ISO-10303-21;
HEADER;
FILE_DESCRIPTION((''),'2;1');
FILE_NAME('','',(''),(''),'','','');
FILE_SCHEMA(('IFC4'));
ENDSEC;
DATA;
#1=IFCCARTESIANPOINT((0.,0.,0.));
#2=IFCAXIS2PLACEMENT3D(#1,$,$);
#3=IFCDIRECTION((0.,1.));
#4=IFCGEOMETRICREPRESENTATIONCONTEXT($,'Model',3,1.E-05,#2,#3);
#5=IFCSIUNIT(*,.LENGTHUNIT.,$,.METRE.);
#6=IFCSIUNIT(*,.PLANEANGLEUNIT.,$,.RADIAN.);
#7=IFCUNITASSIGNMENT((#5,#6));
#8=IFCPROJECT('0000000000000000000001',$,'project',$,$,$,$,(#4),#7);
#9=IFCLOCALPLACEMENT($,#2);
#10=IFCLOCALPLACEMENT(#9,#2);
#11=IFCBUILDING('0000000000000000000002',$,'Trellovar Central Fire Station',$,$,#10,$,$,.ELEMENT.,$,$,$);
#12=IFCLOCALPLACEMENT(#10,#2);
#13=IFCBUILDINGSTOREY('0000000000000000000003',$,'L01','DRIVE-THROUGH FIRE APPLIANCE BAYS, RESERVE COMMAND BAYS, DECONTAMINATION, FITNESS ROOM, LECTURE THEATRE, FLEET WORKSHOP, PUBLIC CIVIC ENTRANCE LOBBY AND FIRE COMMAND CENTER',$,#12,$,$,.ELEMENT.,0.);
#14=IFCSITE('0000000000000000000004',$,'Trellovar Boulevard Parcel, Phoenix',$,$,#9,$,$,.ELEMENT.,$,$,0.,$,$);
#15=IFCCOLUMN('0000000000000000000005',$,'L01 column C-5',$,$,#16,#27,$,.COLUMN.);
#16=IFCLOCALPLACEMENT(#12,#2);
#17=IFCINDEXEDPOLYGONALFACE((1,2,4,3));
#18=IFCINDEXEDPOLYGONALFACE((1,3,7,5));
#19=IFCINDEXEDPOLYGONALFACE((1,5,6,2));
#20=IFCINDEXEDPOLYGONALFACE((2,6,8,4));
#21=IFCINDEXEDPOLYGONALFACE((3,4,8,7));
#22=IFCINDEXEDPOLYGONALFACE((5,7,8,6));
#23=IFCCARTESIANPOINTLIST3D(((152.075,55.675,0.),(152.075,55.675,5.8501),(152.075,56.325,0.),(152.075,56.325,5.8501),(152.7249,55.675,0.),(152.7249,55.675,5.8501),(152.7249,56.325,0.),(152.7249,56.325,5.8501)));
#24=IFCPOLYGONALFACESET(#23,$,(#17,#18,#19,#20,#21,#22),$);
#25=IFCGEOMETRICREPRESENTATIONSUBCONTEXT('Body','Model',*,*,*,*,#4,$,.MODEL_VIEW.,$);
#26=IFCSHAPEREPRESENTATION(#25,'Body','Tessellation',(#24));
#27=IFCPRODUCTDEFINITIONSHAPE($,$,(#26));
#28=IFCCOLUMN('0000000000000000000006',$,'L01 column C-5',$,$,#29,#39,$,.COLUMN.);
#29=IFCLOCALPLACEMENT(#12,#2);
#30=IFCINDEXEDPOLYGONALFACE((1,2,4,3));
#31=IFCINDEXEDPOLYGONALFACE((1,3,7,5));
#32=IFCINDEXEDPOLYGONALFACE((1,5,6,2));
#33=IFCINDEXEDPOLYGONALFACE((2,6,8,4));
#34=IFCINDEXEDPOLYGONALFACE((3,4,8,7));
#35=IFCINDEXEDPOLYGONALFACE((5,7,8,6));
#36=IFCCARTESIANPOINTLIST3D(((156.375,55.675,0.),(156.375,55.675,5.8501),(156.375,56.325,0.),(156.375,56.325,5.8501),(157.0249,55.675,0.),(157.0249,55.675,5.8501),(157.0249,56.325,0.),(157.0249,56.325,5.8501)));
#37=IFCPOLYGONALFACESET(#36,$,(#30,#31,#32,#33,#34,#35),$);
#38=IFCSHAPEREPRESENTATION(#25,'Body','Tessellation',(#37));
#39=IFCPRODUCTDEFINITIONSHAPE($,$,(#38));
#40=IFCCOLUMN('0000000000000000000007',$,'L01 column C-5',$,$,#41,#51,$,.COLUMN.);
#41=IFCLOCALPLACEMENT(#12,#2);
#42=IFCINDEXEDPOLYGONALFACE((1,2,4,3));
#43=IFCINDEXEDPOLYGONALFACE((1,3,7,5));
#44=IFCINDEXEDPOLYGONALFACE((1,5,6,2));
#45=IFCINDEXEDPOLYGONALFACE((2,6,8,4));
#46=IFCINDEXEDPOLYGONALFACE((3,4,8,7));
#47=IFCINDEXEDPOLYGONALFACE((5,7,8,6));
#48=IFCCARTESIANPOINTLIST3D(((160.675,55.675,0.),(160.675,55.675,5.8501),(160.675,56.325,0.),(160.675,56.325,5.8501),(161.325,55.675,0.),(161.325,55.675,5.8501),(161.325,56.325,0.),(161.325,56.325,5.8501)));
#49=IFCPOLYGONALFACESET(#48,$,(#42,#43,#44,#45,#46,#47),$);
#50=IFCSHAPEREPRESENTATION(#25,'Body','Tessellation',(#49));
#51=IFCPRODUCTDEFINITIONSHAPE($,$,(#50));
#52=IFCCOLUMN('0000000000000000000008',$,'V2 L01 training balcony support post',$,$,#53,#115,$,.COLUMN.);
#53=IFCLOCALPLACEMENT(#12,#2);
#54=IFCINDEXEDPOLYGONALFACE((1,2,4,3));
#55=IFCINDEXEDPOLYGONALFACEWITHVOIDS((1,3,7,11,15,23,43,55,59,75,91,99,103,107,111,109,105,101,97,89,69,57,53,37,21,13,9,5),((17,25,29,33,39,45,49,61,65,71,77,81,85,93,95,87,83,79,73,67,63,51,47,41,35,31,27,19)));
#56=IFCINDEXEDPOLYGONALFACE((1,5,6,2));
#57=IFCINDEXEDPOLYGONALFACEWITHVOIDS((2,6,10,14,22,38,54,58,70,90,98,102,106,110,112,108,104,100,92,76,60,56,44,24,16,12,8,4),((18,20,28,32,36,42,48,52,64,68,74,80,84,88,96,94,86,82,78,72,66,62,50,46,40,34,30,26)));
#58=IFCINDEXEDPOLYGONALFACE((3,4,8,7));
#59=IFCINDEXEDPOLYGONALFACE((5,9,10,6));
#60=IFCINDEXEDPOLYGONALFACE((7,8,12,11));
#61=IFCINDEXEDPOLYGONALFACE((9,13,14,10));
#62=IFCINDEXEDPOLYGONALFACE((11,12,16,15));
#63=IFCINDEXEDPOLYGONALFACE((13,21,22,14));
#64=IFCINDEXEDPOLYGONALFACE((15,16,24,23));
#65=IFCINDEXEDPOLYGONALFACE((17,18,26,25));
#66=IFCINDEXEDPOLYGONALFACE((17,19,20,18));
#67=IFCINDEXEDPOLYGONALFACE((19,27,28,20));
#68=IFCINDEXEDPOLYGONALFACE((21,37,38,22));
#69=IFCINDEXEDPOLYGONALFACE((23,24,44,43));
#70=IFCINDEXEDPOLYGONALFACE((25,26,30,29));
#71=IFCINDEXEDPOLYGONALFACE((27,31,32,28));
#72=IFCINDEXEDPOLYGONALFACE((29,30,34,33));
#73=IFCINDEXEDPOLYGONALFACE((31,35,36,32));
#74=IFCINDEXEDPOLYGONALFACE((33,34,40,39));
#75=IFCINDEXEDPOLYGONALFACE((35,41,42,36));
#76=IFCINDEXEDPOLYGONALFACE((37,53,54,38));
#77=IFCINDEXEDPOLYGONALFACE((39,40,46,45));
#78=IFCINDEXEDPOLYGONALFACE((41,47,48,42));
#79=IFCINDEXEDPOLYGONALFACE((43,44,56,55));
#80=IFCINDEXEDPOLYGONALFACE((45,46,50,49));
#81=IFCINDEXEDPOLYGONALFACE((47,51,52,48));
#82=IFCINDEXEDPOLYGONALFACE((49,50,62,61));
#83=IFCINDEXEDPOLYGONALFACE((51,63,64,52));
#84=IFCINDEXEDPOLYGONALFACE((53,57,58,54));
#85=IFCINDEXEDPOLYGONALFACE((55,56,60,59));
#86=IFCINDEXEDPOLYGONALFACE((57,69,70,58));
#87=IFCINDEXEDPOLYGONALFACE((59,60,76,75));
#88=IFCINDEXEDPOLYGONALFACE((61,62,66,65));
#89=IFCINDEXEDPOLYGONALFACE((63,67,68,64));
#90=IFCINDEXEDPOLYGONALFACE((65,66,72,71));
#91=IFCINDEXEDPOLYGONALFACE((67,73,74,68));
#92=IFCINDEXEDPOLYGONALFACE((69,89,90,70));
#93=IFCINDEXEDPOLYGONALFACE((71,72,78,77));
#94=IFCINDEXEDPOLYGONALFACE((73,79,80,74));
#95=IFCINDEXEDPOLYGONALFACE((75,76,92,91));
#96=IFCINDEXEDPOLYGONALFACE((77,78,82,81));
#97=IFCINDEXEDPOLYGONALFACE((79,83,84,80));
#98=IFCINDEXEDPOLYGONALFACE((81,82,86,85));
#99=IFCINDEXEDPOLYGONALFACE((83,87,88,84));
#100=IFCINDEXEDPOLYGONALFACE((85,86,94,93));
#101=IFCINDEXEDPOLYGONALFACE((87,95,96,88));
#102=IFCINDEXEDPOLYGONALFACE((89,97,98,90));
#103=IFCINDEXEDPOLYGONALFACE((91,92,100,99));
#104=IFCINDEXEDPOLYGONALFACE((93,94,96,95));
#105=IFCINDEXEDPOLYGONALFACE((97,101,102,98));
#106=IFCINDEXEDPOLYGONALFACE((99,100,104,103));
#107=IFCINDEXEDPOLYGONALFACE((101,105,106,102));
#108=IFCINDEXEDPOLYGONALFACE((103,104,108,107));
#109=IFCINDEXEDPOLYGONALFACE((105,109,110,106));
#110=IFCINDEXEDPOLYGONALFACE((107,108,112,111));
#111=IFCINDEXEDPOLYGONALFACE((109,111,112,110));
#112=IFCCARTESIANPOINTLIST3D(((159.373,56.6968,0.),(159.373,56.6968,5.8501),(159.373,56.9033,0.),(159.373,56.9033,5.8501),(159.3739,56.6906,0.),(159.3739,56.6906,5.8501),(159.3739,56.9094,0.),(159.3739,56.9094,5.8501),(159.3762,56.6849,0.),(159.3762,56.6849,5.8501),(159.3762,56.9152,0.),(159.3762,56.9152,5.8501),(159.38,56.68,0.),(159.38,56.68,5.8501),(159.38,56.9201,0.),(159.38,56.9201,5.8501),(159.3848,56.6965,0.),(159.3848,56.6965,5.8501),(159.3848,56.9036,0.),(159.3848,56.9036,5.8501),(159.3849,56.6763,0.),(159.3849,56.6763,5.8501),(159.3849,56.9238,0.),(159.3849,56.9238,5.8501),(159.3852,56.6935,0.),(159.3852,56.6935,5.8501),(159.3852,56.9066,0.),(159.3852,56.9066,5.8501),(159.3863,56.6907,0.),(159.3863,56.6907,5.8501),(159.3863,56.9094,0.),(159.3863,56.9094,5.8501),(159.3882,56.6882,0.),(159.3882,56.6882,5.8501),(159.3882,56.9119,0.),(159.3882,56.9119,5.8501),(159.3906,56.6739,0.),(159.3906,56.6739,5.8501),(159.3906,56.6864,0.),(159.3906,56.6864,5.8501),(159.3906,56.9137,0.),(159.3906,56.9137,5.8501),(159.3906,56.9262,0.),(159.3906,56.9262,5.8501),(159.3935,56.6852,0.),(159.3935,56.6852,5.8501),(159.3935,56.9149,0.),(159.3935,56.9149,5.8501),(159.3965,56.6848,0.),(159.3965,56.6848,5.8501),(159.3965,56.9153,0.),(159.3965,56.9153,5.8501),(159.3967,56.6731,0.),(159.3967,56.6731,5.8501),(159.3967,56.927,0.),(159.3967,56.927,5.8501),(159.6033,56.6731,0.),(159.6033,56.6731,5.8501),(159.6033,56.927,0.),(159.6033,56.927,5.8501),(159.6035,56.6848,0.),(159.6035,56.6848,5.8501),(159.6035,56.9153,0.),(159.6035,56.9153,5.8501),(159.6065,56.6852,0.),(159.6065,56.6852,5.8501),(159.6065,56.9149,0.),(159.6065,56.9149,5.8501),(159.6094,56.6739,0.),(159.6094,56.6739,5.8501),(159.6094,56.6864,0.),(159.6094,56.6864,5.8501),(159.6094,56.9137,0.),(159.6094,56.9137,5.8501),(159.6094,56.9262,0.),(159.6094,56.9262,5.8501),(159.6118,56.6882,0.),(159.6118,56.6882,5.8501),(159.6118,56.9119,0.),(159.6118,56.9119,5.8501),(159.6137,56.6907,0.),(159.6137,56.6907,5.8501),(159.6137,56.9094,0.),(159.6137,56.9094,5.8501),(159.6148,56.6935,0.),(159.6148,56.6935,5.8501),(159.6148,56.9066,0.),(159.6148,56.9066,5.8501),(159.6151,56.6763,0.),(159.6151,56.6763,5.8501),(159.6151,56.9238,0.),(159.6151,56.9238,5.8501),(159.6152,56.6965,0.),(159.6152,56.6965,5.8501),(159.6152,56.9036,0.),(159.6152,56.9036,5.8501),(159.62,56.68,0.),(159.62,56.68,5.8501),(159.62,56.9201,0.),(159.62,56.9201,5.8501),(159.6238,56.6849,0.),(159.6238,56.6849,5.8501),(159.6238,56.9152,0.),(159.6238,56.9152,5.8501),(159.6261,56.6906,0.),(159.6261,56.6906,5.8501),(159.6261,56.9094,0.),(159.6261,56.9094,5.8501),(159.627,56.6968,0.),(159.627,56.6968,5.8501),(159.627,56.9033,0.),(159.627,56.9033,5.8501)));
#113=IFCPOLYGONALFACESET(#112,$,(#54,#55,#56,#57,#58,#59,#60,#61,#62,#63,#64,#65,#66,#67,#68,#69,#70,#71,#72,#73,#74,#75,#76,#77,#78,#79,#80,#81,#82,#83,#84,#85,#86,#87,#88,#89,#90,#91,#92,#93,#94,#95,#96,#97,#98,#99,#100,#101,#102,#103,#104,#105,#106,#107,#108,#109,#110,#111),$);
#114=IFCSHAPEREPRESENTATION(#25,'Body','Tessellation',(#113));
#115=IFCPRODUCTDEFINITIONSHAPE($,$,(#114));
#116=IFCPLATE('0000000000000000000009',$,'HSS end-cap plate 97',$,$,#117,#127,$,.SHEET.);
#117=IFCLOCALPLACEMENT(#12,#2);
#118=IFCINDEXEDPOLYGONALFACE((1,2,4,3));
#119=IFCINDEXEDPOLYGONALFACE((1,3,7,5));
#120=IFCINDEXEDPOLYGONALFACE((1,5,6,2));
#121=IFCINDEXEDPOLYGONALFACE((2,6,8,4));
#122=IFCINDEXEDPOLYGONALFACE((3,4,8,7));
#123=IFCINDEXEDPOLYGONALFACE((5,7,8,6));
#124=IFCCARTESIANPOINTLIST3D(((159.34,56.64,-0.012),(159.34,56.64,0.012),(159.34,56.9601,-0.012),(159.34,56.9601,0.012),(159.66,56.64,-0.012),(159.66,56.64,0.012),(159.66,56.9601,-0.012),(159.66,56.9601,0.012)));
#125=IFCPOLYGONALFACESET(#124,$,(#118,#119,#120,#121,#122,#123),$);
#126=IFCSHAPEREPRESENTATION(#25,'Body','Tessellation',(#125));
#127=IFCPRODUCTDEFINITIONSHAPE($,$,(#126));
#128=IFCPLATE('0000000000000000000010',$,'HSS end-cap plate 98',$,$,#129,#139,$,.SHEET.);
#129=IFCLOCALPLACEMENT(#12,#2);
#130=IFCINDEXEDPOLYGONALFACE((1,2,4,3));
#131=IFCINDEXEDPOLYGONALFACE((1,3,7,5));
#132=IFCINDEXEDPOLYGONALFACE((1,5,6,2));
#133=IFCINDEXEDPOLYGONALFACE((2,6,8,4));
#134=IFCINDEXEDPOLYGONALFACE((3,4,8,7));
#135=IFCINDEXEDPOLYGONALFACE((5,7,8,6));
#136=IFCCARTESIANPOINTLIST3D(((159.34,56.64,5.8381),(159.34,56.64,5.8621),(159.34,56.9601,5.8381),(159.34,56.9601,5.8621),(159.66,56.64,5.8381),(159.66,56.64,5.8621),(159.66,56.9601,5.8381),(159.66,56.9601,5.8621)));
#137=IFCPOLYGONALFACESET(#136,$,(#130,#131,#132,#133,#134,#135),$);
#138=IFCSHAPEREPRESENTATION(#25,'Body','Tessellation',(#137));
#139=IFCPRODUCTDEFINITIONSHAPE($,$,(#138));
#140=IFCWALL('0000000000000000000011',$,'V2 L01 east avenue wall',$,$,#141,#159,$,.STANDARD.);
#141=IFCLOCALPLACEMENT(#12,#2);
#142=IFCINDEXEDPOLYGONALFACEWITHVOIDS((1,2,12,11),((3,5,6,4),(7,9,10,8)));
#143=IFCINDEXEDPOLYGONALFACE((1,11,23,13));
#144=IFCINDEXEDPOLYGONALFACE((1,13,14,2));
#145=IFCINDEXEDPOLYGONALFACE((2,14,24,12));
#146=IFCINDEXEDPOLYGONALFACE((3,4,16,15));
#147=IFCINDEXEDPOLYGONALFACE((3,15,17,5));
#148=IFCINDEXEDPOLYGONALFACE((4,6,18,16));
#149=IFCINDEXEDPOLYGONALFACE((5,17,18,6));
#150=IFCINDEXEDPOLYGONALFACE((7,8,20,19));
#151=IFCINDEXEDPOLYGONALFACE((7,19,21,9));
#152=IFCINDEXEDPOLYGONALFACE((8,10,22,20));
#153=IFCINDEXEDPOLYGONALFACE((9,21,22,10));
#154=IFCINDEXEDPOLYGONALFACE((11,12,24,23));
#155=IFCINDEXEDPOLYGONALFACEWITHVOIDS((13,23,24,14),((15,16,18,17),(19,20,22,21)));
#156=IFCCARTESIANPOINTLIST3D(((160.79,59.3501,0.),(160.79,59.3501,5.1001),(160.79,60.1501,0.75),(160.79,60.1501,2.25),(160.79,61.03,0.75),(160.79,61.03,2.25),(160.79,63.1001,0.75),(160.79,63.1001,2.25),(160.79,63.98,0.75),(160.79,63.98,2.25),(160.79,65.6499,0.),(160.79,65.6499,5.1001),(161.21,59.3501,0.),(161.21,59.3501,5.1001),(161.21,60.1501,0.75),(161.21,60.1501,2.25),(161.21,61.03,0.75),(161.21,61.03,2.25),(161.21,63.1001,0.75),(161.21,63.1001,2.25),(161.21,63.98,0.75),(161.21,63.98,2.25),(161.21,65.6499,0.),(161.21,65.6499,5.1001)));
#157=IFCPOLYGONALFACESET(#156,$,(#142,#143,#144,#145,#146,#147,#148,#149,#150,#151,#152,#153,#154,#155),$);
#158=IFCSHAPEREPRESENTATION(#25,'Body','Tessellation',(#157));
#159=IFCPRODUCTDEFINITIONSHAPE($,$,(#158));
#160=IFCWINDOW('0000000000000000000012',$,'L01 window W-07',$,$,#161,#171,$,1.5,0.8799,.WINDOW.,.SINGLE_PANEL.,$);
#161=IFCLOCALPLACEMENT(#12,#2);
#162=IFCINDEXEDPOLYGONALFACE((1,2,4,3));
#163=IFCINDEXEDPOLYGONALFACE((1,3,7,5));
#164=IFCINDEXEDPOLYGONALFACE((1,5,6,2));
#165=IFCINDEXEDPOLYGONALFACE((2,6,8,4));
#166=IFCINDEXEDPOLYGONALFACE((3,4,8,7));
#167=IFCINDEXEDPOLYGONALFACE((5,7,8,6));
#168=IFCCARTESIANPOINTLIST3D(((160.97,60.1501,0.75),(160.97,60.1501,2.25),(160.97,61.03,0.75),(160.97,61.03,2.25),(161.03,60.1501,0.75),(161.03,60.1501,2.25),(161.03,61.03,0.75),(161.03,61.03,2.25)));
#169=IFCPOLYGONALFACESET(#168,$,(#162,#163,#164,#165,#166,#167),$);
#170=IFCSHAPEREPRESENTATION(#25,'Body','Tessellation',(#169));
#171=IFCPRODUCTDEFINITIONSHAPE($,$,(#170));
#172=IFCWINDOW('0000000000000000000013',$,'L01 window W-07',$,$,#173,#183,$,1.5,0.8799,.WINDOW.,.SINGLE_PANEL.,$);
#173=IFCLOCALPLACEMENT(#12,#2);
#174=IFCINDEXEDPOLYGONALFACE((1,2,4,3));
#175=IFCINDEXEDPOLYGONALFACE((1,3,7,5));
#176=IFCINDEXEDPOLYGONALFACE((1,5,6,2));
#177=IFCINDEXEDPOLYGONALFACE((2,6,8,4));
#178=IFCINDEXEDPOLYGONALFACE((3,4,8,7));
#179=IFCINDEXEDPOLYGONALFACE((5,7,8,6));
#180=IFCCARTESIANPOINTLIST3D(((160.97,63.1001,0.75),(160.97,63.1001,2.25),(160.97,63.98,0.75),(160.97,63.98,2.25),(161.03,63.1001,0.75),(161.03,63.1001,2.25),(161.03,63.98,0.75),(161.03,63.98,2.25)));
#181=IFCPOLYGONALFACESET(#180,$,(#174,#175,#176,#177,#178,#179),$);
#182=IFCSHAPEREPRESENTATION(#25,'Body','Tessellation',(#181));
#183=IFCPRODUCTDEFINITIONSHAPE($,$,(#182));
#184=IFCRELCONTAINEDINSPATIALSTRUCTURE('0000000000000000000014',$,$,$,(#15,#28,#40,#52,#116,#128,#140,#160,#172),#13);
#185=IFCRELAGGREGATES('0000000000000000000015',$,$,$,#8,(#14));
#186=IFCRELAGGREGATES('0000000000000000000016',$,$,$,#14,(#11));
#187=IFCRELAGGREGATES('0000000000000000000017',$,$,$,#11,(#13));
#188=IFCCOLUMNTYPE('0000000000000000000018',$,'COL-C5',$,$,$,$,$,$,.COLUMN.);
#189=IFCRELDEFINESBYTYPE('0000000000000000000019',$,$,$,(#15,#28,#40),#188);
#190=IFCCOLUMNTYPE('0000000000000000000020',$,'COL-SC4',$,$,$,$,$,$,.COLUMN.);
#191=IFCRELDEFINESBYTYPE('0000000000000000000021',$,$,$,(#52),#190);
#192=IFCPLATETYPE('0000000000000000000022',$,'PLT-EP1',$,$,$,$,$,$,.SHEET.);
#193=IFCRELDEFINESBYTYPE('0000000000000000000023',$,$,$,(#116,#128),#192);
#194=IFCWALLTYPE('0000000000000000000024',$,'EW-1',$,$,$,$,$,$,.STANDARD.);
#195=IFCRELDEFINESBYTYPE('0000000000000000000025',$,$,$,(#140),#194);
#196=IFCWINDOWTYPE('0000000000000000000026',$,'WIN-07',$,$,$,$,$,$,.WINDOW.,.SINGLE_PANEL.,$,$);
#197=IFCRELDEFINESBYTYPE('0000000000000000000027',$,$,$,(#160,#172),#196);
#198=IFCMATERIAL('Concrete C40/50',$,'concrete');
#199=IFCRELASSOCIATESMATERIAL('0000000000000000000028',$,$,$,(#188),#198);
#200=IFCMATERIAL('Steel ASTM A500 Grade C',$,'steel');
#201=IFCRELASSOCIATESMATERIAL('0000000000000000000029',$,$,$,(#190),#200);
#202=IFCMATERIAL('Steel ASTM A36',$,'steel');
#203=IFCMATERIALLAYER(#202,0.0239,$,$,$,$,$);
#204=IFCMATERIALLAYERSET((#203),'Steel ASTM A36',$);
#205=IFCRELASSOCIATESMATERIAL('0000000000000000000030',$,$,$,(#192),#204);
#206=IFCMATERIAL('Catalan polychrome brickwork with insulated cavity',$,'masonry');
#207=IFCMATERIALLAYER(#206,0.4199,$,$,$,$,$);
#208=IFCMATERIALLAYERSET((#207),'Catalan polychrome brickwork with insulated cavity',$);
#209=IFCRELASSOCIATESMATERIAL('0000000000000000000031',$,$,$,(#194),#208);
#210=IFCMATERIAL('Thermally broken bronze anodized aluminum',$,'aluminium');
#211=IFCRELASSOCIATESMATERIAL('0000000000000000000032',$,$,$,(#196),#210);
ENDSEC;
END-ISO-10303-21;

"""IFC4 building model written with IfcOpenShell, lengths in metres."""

from ifc_helpers import new_model, si_unit, direction, frame, frame_2d, origin, origin_2d, place, context, subcontext, project, spatial, rectangle, hollow_rectangle, extrude, material, layer, layer_set, material_profile, profile_set, type_object, element, fill, save


model = new_model("IFC4")

# Units and contexts
model_context = context("Model", 3, precision=1e-05, world=origin(), true_north=direction((0.0, 1.0)))
body_context = subcontext(model_context, "Body", "Model", "MODEL_VIEW")
ifc_project = project(units=[si_unit("LENGTHUNIT", "METRE"), si_unit("PLANEANGLEUNIT", "RADIAN")], contexts=[model_context])

# Site, building, storey
site_placement = place(None, origin())
site = spatial("IfcSite", under=ifc_project, at=site_placement, Name="Trellovar Boulevard Parcel, Phoenix", CompositionType="ELEMENT", RefElevation=0.0)
building_placement = place(site_placement, origin())
building = spatial("IfcBuilding", under=site, at=building_placement, Name="Trellovar Central Fire Station", CompositionType="ELEMENT")
storey_placement = place(building_placement, origin())
storey = spatial("IfcBuildingStorey", under=building, at=storey_placement, Name="L01", Description="DRIVE-THROUGH FIRE APPLIANCE BAYS, RESERVE COMMAND BAYS, DECONTAMINATION, FITNESS ROOM, LECTURE THEATRE, FLEET WORKSHOP, PUBLIC CIVIC ENTRANCE LOBBY AND FIRE COMMAND CENTER", CompositionType="ELEMENT", Elevation=0.0)

# Columns
ifc_material_1 = material(Name="Concrete C40/50", Category="concrete")
ifc_material_profile_1 = material_profile(ifc_material_1, rectangle(XDim=0.6499, YDim=0.6499, at=origin_2d()), Name="RC650X650")
ifc_profile_set_1 = profile_set([ifc_material_profile_1], Name="Concrete C40/50")
column_type_1 = type_object("IfcColumnType", Name="COL-C5", PredefinedType="COLUMN", material=ifc_profile_set_1)
for number, where, z_axis, x_axis, name in (
    (1, (152.3999, 56.0, 0.0), (0.0, 0.0, 1.0), (1.0, 0.0, 0.0), "L01 column C-5"),
    (2, (156.7, 56.0, 0.0), (0.0, 0.0, 1.0), (1.0, 0.0, 0.0), "L01 column C-5"),
    (3, (161.0, 56.0, 0.0), (0.0, 0.0, 1.0), (1.0, 0.0, 0.0), "L01 column C-5"),
):
    element("IfcColumn", number, at=place(storey_placement, frame(where, z_axis=z_axis, x_axis=x_axis)), inside=storey, type_object=column_type_1, Name=name, PredefinedType="COLUMN", context=body_context, shape_type="SweptSolid", body=[
        extrude(rectangle(XDim=0.6499, YDim=0.6499, at=origin_2d()), origin(), (0.0, 0.0, 1.0), 5.8501),
    ])
ifc_material_2 = material(Name="Steel ASTM A500 Grade C", Category="steel")
ifc_material_profile_2 = material_profile(ifc_material_2, hollow_rectangle(XDim=0.2539, YDim=0.2539, WallThickness=0.0117, InnerFilletRadius=0.0117, OuterFilletRadius=0.0237, at=origin_2d()), Name="HSS10X10X1/2")
ifc_profile_set_2 = profile_set([ifc_material_profile_2], Name="Steel ASTM A500 Grade C")
column_type_2 = type_object("IfcColumnType", Name="COL-SC4", PredefinedType="COLUMN", material=ifc_profile_set_2)
column_1_placement = place(storey_placement, frame((159.5, 56.8, 0.0), z_axis=(0.0, 0.0, 1.0), x_axis=(1.0, 0.0, 0.0)))
element("IfcColumn", 4, at=column_1_placement, inside=storey, type_object=column_type_2, Name="V2 L01 training balcony support post", PredefinedType="COLUMN", context=body_context, shape_type="SweptSolid", body=[
    extrude(hollow_rectangle(XDim=0.2539, YDim=0.2539, WallThickness=0.0117, InnerFilletRadius=0.0117, OuterFilletRadius=0.0237, at=origin_2d()), origin(), (0.0, 0.0, 1.0), 5.8501),
])

# Plates
ifc_material_3 = material(Name="Steel ASTM A36", Category="steel")
ifc_layer_1 = layer(ifc_material_3, 0.0239)
ifc_layer_set_1 = layer_set([ifc_layer_1], Name="Steel ASTM A36")
plate_type = type_object("IfcPlateType", Name="PLT-EP1", PredefinedType="SHEET", material=ifc_layer_set_1)
for number, where, z_axis, x_axis, name in (
    (5, (159.5, 56.8, -0.012), (0.0, 0.0, 1.0), (1.0, 0.0, 0.0), "HSS end-cap plate 97"),
    (6, (159.5, 56.8, 5.8381), (0.0, 0.0, 1.0), (1.0, 0.0, 0.0), "HSS end-cap plate 98"),
):
    element("IfcPlate", number, at=place(storey_placement, frame(where, z_axis=z_axis, x_axis=x_axis)), inside=storey, type_object=plate_type, Name=name, PredefinedType="SHEET", context=body_context, shape_type="SweptSolid", body=[
        extrude(rectangle(XDim=0.3201, YDim=0.3201, at=origin_2d()), origin(), (0.0, 0.0, 1.0), 0.0239),
    ])

# Wall, openings, windows
ifc_material_4 = material(Name="Catalan polychrome brickwork with insulated cavity", Category="masonry")
ifc_layer_2 = layer(ifc_material_4, 0.4199)
ifc_layer_set_2 = layer_set([ifc_layer_2], Name="Catalan polychrome brickwork with insulated cavity")
wall_type_1 = type_object("IfcWallType", Name="EW-1", PredefinedType="STANDARD", material=ifc_layer_set_2)
wall_1_placement = place(storey_placement, frame((161.0, 59.3501, 0.0), z_axis=(0.0, 0.0, 1.0), x_axis=(0.0, 1.0, 0.0)))
wall_1 = element("IfcWall", 7, at=wall_1_placement, inside=storey, type_object=wall_type_1, Name="V2 L01 east avenue wall", PredefinedType="STANDARD", context=body_context, shape_type="SweptSolid", body=[
    extrude(rectangle(XDim=6.2998, YDim=0.4199, at=frame_2d((3.1499, 0.0))), origin(), (0.0, 0.0, 1.0), 5.1001),
])
opening_1_placement = place(wall_1_placement, frame((0.8, 0.0, 0.75)))
opening_1 = element("IfcOpeningElement", 8, at=opening_1_placement, cuts=wall_1, PredefinedType="OPENING", context=body_context, shape_type="SweptSolid", body=[
    extrude(rectangle(XDim=0.8799, YDim=1.5, at=frame_2d((0.4399, 0.75))), frame((0.0, 0.22, 0.0), z_axis=(0.0, -1.0, 0.0), x_axis=(1.0, 0.0, 0.0)), (0.0, 0.0, 1.0), 0.4399),
])
opening_2_placement = place(wall_1_placement, frame((3.75, 0.0, 0.75)))
opening_2 = element("IfcOpeningElement", 9, at=opening_2_placement, cuts=wall_1, PredefinedType="OPENING", context=body_context, shape_type="SweptSolid", body=[
    extrude(rectangle(XDim=0.8799, YDim=1.5, at=frame_2d((0.4399, 0.75))), frame((0.0, 0.22, 0.0), z_axis=(0.0, -1.0, 0.0), x_axis=(1.0, 0.0, 0.0)), (0.0, 0.0, 1.0), 0.4399),
])
ifc_material_5 = material(Name="Thermally broken bronze anodized aluminum", Category="aluminium")
window_type = type_object("IfcWindowType", Name="WIN-07", PartitioningType="SINGLE_PANEL", PredefinedType="WINDOW", material=ifc_material_5)
window_1_placement = place(opening_1_placement, origin())
window_1 = element("IfcWindow", 10, at=window_1_placement, inside=storey, type_object=window_type, Name="L01 window W-07", OverallHeight=1.5, OverallWidth=0.8799, PartitioningType="SINGLE_PANEL", PredefinedType="WINDOW", context=body_context, shape_type="SweptSolid", body=[
    extrude(rectangle(XDim=0.8799, YDim=1.5, at=frame_2d((0.4399, 0.75))), frame((0.0, 0.03, 0.0), z_axis=(0.0, -1.0, 0.0), x_axis=(1.0, 0.0, 0.0)), (0.0, 0.0, 1.0), 0.0601),
])
fill(opening_1, window_1)
window_2_placement = place(opening_2_placement, origin())
window_2 = element("IfcWindow", 11, at=window_2_placement, inside=storey, type_object=window_type, Name="L01 window W-07", OverallHeight=1.5, OverallWidth=0.8799, PartitioningType="SINGLE_PANEL", PredefinedType="WINDOW", context=body_context, shape_type="SweptSolid", body=[
    extrude(rectangle(XDim=0.8799, YDim=1.5, at=frame_2d((0.4399, 0.75))), frame((0.0, 0.03, 0.0), z_axis=(0.0, -1.0, 0.0), x_axis=(1.0, 0.0, 0.0)), (0.0, 0.0, 1.0), 0.0601),
])
fill(opening_2, window_2)

save(model, "model.ifc")
